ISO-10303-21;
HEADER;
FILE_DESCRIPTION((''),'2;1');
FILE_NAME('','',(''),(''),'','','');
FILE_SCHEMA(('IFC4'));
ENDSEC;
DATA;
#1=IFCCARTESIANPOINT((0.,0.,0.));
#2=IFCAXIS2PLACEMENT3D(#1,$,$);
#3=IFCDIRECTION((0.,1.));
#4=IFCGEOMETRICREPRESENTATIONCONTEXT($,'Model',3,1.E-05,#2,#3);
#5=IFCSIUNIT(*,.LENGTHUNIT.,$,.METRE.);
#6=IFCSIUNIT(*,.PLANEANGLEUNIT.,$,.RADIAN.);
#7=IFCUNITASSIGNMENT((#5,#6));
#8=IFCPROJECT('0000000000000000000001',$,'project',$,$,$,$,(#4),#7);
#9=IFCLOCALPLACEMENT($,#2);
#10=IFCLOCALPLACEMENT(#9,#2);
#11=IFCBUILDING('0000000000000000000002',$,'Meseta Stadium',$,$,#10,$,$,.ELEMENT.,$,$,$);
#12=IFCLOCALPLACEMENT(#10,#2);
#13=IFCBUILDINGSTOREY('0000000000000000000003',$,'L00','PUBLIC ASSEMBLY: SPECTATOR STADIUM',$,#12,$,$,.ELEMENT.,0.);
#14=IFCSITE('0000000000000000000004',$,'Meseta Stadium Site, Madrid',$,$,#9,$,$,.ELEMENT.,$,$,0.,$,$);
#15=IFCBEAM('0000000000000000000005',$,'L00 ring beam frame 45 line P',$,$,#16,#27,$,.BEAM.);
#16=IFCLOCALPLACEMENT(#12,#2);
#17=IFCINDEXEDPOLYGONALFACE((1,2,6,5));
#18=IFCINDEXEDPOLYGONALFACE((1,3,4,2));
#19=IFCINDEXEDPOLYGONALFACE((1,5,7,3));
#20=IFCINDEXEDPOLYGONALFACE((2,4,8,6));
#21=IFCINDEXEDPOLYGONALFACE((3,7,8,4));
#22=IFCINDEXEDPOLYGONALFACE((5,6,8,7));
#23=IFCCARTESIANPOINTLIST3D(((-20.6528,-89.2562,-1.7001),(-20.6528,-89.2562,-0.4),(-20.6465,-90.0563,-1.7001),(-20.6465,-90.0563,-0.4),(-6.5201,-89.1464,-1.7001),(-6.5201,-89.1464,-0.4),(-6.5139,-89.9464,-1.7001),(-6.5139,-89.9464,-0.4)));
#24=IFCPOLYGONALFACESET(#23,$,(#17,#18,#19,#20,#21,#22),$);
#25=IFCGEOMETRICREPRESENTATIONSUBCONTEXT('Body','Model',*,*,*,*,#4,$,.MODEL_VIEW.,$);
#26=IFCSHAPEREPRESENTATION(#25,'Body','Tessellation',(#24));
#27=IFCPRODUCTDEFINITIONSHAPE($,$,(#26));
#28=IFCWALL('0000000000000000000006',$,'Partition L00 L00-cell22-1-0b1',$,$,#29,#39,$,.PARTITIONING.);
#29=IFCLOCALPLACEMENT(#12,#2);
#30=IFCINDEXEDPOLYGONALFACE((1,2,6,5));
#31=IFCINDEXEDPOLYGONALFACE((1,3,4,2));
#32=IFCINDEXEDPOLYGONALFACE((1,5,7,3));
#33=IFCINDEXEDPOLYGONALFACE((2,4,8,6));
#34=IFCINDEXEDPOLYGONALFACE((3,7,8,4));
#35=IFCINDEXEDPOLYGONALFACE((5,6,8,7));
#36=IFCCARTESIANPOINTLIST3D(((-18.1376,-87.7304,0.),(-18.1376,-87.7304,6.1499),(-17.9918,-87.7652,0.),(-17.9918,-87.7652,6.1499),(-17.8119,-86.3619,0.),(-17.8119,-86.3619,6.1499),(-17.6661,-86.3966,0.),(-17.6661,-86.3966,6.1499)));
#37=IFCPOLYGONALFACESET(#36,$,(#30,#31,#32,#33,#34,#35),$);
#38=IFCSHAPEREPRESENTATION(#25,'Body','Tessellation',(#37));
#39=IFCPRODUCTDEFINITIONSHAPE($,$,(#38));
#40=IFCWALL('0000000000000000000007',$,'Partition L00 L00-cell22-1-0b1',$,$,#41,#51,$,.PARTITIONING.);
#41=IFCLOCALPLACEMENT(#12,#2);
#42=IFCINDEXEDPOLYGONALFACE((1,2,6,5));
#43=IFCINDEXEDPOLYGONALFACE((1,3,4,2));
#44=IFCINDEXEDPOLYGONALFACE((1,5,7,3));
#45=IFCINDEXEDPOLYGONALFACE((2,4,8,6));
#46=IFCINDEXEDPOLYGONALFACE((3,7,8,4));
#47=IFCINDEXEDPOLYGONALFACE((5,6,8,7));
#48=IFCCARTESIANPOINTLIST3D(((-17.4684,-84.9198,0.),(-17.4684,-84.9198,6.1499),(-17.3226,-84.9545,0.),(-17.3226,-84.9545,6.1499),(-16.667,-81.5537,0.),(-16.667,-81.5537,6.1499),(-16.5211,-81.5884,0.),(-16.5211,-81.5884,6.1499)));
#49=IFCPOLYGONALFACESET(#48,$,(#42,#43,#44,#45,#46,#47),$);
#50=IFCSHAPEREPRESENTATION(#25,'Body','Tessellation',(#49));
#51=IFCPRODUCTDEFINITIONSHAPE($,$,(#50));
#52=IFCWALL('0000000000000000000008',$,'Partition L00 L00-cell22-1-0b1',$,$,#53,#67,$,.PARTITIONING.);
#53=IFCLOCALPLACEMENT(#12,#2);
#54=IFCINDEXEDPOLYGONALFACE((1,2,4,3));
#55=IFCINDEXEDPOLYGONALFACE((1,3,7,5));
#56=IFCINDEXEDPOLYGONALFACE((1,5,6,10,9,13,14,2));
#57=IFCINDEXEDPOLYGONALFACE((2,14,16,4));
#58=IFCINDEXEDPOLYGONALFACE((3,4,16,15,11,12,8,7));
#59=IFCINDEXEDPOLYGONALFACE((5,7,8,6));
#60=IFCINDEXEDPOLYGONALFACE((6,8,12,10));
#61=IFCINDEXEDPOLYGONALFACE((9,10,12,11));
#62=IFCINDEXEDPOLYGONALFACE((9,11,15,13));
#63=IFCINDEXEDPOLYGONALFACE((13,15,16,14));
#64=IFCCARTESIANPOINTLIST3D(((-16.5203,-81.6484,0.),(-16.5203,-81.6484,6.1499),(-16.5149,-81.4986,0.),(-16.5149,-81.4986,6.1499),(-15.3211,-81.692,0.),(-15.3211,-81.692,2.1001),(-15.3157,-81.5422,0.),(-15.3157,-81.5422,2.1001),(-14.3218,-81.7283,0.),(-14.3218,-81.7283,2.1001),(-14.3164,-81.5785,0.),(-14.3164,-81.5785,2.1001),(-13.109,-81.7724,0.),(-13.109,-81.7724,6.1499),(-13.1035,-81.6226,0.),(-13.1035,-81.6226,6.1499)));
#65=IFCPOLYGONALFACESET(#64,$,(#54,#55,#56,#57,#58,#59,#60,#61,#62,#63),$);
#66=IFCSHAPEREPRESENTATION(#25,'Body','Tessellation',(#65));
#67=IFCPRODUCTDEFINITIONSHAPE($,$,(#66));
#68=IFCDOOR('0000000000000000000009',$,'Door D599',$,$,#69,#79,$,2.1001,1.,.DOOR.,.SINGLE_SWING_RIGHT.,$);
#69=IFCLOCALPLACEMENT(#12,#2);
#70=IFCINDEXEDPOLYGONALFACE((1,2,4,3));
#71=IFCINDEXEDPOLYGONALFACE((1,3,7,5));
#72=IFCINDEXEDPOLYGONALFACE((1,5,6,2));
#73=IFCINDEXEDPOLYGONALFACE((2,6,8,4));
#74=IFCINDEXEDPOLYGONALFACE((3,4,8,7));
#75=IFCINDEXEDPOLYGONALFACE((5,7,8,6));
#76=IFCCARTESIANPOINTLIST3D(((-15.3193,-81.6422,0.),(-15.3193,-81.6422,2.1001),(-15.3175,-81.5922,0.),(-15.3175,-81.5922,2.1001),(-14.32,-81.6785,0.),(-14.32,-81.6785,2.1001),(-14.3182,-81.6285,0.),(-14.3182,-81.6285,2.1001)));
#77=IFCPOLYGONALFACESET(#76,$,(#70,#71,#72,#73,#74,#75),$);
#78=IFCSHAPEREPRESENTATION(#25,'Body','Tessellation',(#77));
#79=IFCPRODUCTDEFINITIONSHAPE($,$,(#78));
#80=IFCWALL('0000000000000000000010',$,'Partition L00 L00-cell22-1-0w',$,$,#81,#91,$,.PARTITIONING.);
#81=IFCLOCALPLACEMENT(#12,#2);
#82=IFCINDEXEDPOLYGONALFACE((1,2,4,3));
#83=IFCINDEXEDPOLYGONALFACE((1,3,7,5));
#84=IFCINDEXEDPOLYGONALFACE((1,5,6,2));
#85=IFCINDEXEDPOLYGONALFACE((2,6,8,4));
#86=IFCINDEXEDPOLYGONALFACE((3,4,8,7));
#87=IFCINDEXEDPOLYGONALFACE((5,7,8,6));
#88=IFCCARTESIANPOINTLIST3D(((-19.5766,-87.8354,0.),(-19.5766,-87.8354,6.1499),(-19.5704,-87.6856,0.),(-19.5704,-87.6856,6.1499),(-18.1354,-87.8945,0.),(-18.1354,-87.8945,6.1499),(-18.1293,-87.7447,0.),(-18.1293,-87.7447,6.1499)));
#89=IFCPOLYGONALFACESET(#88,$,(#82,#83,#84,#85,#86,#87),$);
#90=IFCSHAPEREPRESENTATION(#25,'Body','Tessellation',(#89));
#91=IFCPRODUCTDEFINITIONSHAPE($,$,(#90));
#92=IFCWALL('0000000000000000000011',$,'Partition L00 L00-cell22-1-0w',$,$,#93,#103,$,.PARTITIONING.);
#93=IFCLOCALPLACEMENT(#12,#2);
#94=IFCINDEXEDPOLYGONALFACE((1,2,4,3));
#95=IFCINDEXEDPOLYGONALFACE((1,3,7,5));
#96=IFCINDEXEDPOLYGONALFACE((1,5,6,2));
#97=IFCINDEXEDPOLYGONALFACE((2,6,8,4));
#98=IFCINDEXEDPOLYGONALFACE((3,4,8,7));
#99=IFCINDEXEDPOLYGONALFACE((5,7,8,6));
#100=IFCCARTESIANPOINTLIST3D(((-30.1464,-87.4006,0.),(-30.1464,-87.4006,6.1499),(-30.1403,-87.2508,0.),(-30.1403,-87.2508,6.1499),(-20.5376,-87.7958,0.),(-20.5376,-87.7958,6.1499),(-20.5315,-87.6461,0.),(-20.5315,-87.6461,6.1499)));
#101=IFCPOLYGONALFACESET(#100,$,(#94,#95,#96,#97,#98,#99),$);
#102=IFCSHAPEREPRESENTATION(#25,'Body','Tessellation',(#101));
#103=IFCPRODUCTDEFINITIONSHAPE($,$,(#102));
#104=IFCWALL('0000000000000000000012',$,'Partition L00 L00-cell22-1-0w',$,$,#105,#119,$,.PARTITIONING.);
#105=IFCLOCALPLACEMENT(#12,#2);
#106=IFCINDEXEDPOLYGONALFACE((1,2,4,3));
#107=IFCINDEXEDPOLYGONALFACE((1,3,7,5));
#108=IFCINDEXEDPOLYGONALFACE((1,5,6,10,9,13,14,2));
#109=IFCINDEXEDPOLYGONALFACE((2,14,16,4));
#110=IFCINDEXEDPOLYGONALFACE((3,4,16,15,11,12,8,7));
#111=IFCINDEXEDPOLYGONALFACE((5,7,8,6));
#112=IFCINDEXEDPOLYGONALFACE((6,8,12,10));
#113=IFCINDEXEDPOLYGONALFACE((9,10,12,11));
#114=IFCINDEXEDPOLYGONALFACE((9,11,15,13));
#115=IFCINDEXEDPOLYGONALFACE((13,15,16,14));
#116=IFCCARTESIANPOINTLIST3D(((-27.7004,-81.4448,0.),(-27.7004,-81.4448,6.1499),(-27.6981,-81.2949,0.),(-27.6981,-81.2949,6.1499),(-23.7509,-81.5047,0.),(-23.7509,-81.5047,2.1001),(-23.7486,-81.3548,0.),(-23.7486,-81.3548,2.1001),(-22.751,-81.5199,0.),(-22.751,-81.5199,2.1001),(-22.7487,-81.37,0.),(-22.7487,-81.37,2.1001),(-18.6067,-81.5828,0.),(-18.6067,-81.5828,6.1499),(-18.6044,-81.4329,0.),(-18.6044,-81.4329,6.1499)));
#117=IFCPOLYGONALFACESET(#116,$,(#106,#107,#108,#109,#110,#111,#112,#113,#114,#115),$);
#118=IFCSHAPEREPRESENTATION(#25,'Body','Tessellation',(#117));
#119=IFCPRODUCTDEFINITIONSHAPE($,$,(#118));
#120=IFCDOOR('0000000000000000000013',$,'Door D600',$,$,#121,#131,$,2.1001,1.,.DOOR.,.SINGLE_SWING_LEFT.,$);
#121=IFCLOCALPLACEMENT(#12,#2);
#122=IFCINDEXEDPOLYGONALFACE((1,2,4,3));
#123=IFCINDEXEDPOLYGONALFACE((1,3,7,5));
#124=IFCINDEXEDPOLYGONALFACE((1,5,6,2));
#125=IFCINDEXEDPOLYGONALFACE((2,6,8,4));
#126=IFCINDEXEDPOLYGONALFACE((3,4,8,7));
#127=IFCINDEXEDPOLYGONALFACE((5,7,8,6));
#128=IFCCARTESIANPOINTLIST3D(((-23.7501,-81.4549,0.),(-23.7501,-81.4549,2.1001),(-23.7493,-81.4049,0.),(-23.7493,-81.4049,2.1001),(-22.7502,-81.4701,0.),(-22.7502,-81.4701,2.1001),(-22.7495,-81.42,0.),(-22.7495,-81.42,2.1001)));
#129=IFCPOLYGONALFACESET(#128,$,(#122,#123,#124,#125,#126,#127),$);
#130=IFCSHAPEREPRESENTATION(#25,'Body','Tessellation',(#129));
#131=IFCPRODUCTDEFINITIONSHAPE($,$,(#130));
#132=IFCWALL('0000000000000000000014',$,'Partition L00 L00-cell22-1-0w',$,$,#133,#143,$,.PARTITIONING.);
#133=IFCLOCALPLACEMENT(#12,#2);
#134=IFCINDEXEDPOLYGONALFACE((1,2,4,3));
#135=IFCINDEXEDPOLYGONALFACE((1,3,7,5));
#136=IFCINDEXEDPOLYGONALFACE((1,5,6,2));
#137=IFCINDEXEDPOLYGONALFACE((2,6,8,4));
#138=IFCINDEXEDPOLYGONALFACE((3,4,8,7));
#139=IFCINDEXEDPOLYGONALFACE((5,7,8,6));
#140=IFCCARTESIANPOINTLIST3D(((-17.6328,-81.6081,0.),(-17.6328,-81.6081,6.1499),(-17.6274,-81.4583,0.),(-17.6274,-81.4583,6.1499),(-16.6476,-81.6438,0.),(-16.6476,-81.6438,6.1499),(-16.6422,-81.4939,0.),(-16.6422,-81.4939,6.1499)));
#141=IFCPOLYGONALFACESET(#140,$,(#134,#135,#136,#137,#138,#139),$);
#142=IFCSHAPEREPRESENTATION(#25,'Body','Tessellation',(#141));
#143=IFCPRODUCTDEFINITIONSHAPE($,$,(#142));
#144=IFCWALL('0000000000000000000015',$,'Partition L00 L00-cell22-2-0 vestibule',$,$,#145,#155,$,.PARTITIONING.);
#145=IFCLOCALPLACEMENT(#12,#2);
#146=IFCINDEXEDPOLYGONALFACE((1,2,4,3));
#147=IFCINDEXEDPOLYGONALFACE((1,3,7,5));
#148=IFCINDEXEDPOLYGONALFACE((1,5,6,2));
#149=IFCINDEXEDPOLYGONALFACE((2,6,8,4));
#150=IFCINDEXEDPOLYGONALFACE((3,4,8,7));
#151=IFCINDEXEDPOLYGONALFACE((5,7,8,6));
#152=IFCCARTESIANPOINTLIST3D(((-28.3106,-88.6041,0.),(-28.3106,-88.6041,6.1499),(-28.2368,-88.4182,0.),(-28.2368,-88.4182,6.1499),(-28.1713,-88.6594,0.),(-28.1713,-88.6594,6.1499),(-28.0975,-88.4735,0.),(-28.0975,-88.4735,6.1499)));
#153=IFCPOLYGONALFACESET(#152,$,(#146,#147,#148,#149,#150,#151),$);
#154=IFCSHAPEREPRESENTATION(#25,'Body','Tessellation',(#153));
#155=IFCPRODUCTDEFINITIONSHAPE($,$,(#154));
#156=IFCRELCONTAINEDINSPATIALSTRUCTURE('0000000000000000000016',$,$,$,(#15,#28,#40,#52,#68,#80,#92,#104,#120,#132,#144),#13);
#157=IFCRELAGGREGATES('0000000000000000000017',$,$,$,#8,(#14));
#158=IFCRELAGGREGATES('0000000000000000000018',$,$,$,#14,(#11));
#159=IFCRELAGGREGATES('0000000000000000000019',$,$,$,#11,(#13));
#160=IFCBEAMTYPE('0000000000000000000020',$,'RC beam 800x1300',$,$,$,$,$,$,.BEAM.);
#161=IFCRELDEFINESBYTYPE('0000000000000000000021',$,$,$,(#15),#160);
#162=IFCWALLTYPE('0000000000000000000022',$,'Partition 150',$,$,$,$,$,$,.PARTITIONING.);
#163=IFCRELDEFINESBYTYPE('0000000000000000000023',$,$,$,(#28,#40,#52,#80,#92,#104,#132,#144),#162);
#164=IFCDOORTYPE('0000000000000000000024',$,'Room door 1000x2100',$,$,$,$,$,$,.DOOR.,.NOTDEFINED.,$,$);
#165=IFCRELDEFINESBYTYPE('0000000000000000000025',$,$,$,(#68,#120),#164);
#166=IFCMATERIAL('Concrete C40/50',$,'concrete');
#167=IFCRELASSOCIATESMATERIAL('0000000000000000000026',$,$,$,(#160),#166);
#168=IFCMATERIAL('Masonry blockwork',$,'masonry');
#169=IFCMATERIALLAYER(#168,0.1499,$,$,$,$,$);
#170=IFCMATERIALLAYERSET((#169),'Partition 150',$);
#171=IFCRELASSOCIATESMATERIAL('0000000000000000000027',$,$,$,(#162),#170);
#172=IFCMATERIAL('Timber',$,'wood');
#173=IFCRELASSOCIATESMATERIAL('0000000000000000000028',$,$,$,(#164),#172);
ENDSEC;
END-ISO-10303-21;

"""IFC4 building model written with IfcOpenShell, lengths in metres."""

from ifc_helpers import new_model, si_unit, direction, frame, frame_2d, origin, origin_2d, place, context, subcontext, project, spatial, rectangle, extrude, material, layer, layer_set, material_profile, profile_set, type_object, element, fill, save


model = new_model("IFC4")

# Units and contexts
model_context = context("Model", 3, precision=1e-05, world=origin(), true_north=direction((0.0, 1.0)))
body_context = subcontext(model_context, "Body", "Model", "MODEL_VIEW")
ifc_project = project(units=[si_unit("LENGTHUNIT", "METRE"), si_unit("PLANEANGLEUNIT", "RADIAN")], contexts=[model_context])

# Site, building, storey
site_placement = place(None, origin())
site = spatial("IfcSite", under=ifc_project, at=site_placement, Name="Meseta Stadium Site, Madrid", CompositionType="ELEMENT", RefElevation=0.0)
building_placement = place(site_placement, origin())
building = spatial("IfcBuilding", under=site, at=building_placement, Name="Meseta Stadium", CompositionType="ELEMENT")
storey_placement = place(building_placement, origin())
storey = spatial("IfcBuildingStorey", under=building, at=storey_placement, Name="L00", Description="PUBLIC ASSEMBLY: SPECTATOR STADIUM", CompositionType="ELEMENT", Elevation=0.0)

# Beam
ifc_material_1 = material(Name="Concrete C40/50", Category="concrete")
ifc_material_profile_1 = material_profile(ifc_material_1, rectangle(XDim=0.8, YDim=1.3, at=origin_2d()), Name="RC 800x1300")
ifc_profile_set_1 = profile_set([ifc_material_profile_1], Name="Concrete C40/50")
beam_type_1 = type_object("IfcBeamType", Name="RC beam 800x1300", PredefinedType="BEAM", material=ifc_profile_set_1)
beam_1_placement = place(storey_placement, frame((-20.6497, -89.6562, -1.05), z_axis=(0.99997, 0.007774, 0.0), x_axis=(-0.007774, 0.99997, 0.0)))
element("IfcBeam", 1, at=beam_1_placement, inside=storey, type_object=beam_type_1, Name="L00 ring beam frame 45 line P", PredefinedType="BEAM", context=body_context, shape_type="SweptSolid", body=[
    extrude(rectangle(XDim=0.8, YDim=1.3, at=origin_2d()), origin(), (0.0, 0.0, 1.0), 14.1331),
])

# Walls
ifc_material_2 = material(Name="Masonry blockwork", Category="masonry")
ifc_layer = layer(ifc_material_2, 0.1499)
ifc_layer_set = layer_set([ifc_layer], Name="Partition 150")
wall_type = type_object("IfcWallType", Name="Partition 150", PredefinedType="PARTITIONING", material=ifc_layer_set)
wall_1_placement = place(storey_placement, frame((-18.0647, -87.7478, 0.0), z_axis=(0.0, 0.0, 1.0), x_axis=(0.231534, 0.972827, 0.0)))
element("IfcWall", 2, at=wall_1_placement, inside=storey, type_object=wall_type, Name="Partition L00 L00-cell22-1-0b1", PredefinedType="PARTITIONING", context=body_context, shape_type="SweptSolid", body=[
    extrude(rectangle(XDim=1.4067, YDim=0.1499, at=frame_2d((0.7034, 0.0))), origin(), (0.0, 0.0, 1.0), 6.1499),
])
wall_2_placement = place(storey_placement, frame((-17.3955, -84.937, 0.0), z_axis=(0.0, 0.0, 1.0), x_axis=(0.23163, 0.972804, 0.0)))
element("IfcWall", 3, at=wall_2_placement, inside=storey, type_object=wall_type, Name="Partition L00 L00-cell22-1-0b1", PredefinedType="PARTITIONING", context=body_context, shape_type="SweptSolid", body=[
    extrude(rectangle(XDim=3.4602, YDim=0.1499, at=frame_2d((1.73, 0.0))), origin(), (0.0, 0.0, 1.0), 6.1499),
])

# Wall, opening, door
wall_3_placement = place(storey_placement, frame((-16.5176, -81.5735, 0.0), z_axis=(0.0, 0.0, 1.0), x_axis=(0.99934, -0.036332, 0.0)))
wall_3 = element("IfcWall", 4, at=wall_3_placement, inside=storey, type_object=wall_type, Name="Partition L00 L00-cell22-1-0b1", PredefinedType="PARTITIONING", context=body_context, shape_type="SweptSolid", body=[
    extrude(rectangle(XDim=3.4136, YDim=0.1499, at=frame_2d((1.7068, 0.0))), origin(), (0.0, 0.0, 1.0), 6.1499),
])
opening_1_placement = place(wall_3_placement, frame((1.2, 0.0, 0.0)))
opening_1 = element("IfcOpeningElement", 5, at=opening_1_placement, cuts=wall_3, PredefinedType="OPENING", context=body_context, shape_type="SweptSolid", body=[
    extrude(rectangle(XDim=1.0, YDim=2.1001, at=frame_2d((0.5, 1.05))), frame((0.0, 0.085, 0.0), z_axis=(0.0, -1.0, 0.0), x_axis=(1.0, 0.0, 0.0)), (0.0, 0.0, 1.0), 0.1699),
])
ifc_material_3 = material(Name="Timber", Category="wood")
door_type = type_object("IfcDoorType", Name="Room door 1000x2100", OperationType="NOTDEFINED", PredefinedType="DOOR", material=ifc_material_3)
door_1_placement = place(opening_1_placement, origin())
door_1 = element("IfcDoor", 6, at=door_1_placement, inside=storey, type_object=door_type, Name="Door D599", OperationType="SINGLE_SWING_RIGHT", OverallHeight=2.1001, OverallWidth=1.0, PredefinedType="DOOR", context=body_context, shape_type="SweptSolid", body=[
    extrude(rectangle(XDim=1.0, YDim=2.1001, at=frame_2d((0.5, 1.05))), frame((0.0, 0.0249, 0.0), z_axis=(0.0, -1.0, 0.0), x_axis=(1.0, 0.0, 0.0)), (0.0, 0.0, 1.0), 0.05),
])
fill(opening_1, door_1)

# Walls
wall_4_placement = place(storey_placement, frame((-18.1323, -87.8196, 0.0), z_axis=(0.0, 0.0, 1.0), x_axis=(-0.999161, 0.040962, 0.0)))
element("IfcWall", 7, at=wall_4_placement, inside=storey, type_object=wall_type, Name="Partition L00 L00-cell22-1-0w", PredefinedType="PARTITIONING", context=body_context, shape_type="SweptSolid", body=[
    extrude(rectangle(XDim=1.4424, YDim=0.1499, at=frame_2d((0.7212, 0.0))), origin(), (0.0, 0.0, 1.0), 6.1499),
])
wall_5_placement = place(storey_placement, frame((-20.5344, -87.7209, 0.0), z_axis=(0.0, 0.0, 1.0), x_axis=(-0.999155, 0.0411, 0.0)))
element("IfcWall", 8, at=wall_5_placement, inside=storey, type_object=wall_type, Name="Partition L00 L00-cell22-1-0w", PredefinedType="PARTITIONING", context=body_context, shape_type="SweptSolid", body=[
    extrude(rectangle(XDim=9.6169, YDim=0.1499, at=frame_2d((4.8086, 0.0))), origin(), (0.0, 0.0, 1.0), 6.1499),
])

# Wall, opening, door
wall_6_placement = place(storey_placement, frame((-27.6992, -81.3699, 0.0), z_axis=(0.0, 0.0, 1.0), x_axis=(0.999885, -0.015167, 0.0)))
wall_6 = element("IfcWall", 9, at=wall_6_placement, inside=storey, type_object=wall_type, Name="Partition L00 L00-cell22-1-0w", PredefinedType="PARTITIONING", context=body_context, shape_type="SweptSolid", body=[
    extrude(rectangle(XDim=9.0947, YDim=0.1499, at=frame_2d((4.5474, 0.0))), origin(), (0.0, 0.0, 1.0), 6.1499),
])
opening_2_placement = place(wall_6_placement, frame((3.95, 0.0, 0.0)))
opening_2 = element("IfcOpeningElement", 10, at=opening_2_placement, cuts=wall_6, PredefinedType="OPENING", context=body_context, shape_type="SweptSolid", body=[
    extrude(rectangle(XDim=1.0, YDim=2.1001, at=frame_2d((0.5, 1.05))), frame((0.0, 0.085, 0.0), z_axis=(0.0, -1.0, 0.0), x_axis=(1.0, 0.0, 0.0)), (0.0, 0.0, 1.0), 0.1699),
])
door_2_placement = place(opening_2_placement, origin())
door_2 = element("IfcDoor", 11, at=door_2_placement, inside=storey, type_object=door_type, Name="Door D600", OperationType="SINGLE_SWING_LEFT", OverallHeight=2.1001, OverallWidth=1.0, PredefinedType="DOOR", context=body_context, shape_type="SweptSolid", body=[
    extrude(rectangle(XDim=1.0, YDim=2.1001, at=frame_2d((0.5, 1.05))), frame((0.0, 0.0249, 0.0), z_axis=(0.0, -1.0, 0.0), x_axis=(1.0, 0.0, 0.0)), (0.0, 0.0, 1.0), 0.05),
])
fill(opening_2, door_2)

# Walls
wall_7_placement = place(storey_placement, frame((-17.6301, -81.5332, 0.0), z_axis=(0.0, 0.0, 1.0), x_axis=(0.999346, -0.03616, 0.0)))
element("IfcWall", 12, at=wall_7_placement, inside=storey, type_object=wall_type, Name="Partition L00 L00-cell22-1-0w", PredefinedType="PARTITIONING", context=body_context, shape_type="SweptSolid", body=[
    extrude(rectangle(XDim=0.9858, YDim=0.1499, at=frame_2d((0.4929, 0.0))), origin(), (0.0, 0.0, 1.0), 6.1499),
])
wall_8_placement = place(storey_placement, frame((-28.241, -88.6318, 0.0), z_axis=(0.0, 0.0, 1.0), x_axis=(0.368862, 0.929484, 0.0)))
element("IfcWall", 13, at=wall_8_placement, inside=storey, type_object=wall_type, Name="Partition L00 L00-cell22-2-0 vestibule", PredefinedType="PARTITIONING", context=body_context, shape_type="SweptSolid", body=[
    extrude(rectangle(XDim=0.2, YDim=0.1499, at=frame_2d((0.1001, 0.0))), origin(), (0.0, 0.0, 1.0), 6.1499),
])

save(model, "model.ifc")
